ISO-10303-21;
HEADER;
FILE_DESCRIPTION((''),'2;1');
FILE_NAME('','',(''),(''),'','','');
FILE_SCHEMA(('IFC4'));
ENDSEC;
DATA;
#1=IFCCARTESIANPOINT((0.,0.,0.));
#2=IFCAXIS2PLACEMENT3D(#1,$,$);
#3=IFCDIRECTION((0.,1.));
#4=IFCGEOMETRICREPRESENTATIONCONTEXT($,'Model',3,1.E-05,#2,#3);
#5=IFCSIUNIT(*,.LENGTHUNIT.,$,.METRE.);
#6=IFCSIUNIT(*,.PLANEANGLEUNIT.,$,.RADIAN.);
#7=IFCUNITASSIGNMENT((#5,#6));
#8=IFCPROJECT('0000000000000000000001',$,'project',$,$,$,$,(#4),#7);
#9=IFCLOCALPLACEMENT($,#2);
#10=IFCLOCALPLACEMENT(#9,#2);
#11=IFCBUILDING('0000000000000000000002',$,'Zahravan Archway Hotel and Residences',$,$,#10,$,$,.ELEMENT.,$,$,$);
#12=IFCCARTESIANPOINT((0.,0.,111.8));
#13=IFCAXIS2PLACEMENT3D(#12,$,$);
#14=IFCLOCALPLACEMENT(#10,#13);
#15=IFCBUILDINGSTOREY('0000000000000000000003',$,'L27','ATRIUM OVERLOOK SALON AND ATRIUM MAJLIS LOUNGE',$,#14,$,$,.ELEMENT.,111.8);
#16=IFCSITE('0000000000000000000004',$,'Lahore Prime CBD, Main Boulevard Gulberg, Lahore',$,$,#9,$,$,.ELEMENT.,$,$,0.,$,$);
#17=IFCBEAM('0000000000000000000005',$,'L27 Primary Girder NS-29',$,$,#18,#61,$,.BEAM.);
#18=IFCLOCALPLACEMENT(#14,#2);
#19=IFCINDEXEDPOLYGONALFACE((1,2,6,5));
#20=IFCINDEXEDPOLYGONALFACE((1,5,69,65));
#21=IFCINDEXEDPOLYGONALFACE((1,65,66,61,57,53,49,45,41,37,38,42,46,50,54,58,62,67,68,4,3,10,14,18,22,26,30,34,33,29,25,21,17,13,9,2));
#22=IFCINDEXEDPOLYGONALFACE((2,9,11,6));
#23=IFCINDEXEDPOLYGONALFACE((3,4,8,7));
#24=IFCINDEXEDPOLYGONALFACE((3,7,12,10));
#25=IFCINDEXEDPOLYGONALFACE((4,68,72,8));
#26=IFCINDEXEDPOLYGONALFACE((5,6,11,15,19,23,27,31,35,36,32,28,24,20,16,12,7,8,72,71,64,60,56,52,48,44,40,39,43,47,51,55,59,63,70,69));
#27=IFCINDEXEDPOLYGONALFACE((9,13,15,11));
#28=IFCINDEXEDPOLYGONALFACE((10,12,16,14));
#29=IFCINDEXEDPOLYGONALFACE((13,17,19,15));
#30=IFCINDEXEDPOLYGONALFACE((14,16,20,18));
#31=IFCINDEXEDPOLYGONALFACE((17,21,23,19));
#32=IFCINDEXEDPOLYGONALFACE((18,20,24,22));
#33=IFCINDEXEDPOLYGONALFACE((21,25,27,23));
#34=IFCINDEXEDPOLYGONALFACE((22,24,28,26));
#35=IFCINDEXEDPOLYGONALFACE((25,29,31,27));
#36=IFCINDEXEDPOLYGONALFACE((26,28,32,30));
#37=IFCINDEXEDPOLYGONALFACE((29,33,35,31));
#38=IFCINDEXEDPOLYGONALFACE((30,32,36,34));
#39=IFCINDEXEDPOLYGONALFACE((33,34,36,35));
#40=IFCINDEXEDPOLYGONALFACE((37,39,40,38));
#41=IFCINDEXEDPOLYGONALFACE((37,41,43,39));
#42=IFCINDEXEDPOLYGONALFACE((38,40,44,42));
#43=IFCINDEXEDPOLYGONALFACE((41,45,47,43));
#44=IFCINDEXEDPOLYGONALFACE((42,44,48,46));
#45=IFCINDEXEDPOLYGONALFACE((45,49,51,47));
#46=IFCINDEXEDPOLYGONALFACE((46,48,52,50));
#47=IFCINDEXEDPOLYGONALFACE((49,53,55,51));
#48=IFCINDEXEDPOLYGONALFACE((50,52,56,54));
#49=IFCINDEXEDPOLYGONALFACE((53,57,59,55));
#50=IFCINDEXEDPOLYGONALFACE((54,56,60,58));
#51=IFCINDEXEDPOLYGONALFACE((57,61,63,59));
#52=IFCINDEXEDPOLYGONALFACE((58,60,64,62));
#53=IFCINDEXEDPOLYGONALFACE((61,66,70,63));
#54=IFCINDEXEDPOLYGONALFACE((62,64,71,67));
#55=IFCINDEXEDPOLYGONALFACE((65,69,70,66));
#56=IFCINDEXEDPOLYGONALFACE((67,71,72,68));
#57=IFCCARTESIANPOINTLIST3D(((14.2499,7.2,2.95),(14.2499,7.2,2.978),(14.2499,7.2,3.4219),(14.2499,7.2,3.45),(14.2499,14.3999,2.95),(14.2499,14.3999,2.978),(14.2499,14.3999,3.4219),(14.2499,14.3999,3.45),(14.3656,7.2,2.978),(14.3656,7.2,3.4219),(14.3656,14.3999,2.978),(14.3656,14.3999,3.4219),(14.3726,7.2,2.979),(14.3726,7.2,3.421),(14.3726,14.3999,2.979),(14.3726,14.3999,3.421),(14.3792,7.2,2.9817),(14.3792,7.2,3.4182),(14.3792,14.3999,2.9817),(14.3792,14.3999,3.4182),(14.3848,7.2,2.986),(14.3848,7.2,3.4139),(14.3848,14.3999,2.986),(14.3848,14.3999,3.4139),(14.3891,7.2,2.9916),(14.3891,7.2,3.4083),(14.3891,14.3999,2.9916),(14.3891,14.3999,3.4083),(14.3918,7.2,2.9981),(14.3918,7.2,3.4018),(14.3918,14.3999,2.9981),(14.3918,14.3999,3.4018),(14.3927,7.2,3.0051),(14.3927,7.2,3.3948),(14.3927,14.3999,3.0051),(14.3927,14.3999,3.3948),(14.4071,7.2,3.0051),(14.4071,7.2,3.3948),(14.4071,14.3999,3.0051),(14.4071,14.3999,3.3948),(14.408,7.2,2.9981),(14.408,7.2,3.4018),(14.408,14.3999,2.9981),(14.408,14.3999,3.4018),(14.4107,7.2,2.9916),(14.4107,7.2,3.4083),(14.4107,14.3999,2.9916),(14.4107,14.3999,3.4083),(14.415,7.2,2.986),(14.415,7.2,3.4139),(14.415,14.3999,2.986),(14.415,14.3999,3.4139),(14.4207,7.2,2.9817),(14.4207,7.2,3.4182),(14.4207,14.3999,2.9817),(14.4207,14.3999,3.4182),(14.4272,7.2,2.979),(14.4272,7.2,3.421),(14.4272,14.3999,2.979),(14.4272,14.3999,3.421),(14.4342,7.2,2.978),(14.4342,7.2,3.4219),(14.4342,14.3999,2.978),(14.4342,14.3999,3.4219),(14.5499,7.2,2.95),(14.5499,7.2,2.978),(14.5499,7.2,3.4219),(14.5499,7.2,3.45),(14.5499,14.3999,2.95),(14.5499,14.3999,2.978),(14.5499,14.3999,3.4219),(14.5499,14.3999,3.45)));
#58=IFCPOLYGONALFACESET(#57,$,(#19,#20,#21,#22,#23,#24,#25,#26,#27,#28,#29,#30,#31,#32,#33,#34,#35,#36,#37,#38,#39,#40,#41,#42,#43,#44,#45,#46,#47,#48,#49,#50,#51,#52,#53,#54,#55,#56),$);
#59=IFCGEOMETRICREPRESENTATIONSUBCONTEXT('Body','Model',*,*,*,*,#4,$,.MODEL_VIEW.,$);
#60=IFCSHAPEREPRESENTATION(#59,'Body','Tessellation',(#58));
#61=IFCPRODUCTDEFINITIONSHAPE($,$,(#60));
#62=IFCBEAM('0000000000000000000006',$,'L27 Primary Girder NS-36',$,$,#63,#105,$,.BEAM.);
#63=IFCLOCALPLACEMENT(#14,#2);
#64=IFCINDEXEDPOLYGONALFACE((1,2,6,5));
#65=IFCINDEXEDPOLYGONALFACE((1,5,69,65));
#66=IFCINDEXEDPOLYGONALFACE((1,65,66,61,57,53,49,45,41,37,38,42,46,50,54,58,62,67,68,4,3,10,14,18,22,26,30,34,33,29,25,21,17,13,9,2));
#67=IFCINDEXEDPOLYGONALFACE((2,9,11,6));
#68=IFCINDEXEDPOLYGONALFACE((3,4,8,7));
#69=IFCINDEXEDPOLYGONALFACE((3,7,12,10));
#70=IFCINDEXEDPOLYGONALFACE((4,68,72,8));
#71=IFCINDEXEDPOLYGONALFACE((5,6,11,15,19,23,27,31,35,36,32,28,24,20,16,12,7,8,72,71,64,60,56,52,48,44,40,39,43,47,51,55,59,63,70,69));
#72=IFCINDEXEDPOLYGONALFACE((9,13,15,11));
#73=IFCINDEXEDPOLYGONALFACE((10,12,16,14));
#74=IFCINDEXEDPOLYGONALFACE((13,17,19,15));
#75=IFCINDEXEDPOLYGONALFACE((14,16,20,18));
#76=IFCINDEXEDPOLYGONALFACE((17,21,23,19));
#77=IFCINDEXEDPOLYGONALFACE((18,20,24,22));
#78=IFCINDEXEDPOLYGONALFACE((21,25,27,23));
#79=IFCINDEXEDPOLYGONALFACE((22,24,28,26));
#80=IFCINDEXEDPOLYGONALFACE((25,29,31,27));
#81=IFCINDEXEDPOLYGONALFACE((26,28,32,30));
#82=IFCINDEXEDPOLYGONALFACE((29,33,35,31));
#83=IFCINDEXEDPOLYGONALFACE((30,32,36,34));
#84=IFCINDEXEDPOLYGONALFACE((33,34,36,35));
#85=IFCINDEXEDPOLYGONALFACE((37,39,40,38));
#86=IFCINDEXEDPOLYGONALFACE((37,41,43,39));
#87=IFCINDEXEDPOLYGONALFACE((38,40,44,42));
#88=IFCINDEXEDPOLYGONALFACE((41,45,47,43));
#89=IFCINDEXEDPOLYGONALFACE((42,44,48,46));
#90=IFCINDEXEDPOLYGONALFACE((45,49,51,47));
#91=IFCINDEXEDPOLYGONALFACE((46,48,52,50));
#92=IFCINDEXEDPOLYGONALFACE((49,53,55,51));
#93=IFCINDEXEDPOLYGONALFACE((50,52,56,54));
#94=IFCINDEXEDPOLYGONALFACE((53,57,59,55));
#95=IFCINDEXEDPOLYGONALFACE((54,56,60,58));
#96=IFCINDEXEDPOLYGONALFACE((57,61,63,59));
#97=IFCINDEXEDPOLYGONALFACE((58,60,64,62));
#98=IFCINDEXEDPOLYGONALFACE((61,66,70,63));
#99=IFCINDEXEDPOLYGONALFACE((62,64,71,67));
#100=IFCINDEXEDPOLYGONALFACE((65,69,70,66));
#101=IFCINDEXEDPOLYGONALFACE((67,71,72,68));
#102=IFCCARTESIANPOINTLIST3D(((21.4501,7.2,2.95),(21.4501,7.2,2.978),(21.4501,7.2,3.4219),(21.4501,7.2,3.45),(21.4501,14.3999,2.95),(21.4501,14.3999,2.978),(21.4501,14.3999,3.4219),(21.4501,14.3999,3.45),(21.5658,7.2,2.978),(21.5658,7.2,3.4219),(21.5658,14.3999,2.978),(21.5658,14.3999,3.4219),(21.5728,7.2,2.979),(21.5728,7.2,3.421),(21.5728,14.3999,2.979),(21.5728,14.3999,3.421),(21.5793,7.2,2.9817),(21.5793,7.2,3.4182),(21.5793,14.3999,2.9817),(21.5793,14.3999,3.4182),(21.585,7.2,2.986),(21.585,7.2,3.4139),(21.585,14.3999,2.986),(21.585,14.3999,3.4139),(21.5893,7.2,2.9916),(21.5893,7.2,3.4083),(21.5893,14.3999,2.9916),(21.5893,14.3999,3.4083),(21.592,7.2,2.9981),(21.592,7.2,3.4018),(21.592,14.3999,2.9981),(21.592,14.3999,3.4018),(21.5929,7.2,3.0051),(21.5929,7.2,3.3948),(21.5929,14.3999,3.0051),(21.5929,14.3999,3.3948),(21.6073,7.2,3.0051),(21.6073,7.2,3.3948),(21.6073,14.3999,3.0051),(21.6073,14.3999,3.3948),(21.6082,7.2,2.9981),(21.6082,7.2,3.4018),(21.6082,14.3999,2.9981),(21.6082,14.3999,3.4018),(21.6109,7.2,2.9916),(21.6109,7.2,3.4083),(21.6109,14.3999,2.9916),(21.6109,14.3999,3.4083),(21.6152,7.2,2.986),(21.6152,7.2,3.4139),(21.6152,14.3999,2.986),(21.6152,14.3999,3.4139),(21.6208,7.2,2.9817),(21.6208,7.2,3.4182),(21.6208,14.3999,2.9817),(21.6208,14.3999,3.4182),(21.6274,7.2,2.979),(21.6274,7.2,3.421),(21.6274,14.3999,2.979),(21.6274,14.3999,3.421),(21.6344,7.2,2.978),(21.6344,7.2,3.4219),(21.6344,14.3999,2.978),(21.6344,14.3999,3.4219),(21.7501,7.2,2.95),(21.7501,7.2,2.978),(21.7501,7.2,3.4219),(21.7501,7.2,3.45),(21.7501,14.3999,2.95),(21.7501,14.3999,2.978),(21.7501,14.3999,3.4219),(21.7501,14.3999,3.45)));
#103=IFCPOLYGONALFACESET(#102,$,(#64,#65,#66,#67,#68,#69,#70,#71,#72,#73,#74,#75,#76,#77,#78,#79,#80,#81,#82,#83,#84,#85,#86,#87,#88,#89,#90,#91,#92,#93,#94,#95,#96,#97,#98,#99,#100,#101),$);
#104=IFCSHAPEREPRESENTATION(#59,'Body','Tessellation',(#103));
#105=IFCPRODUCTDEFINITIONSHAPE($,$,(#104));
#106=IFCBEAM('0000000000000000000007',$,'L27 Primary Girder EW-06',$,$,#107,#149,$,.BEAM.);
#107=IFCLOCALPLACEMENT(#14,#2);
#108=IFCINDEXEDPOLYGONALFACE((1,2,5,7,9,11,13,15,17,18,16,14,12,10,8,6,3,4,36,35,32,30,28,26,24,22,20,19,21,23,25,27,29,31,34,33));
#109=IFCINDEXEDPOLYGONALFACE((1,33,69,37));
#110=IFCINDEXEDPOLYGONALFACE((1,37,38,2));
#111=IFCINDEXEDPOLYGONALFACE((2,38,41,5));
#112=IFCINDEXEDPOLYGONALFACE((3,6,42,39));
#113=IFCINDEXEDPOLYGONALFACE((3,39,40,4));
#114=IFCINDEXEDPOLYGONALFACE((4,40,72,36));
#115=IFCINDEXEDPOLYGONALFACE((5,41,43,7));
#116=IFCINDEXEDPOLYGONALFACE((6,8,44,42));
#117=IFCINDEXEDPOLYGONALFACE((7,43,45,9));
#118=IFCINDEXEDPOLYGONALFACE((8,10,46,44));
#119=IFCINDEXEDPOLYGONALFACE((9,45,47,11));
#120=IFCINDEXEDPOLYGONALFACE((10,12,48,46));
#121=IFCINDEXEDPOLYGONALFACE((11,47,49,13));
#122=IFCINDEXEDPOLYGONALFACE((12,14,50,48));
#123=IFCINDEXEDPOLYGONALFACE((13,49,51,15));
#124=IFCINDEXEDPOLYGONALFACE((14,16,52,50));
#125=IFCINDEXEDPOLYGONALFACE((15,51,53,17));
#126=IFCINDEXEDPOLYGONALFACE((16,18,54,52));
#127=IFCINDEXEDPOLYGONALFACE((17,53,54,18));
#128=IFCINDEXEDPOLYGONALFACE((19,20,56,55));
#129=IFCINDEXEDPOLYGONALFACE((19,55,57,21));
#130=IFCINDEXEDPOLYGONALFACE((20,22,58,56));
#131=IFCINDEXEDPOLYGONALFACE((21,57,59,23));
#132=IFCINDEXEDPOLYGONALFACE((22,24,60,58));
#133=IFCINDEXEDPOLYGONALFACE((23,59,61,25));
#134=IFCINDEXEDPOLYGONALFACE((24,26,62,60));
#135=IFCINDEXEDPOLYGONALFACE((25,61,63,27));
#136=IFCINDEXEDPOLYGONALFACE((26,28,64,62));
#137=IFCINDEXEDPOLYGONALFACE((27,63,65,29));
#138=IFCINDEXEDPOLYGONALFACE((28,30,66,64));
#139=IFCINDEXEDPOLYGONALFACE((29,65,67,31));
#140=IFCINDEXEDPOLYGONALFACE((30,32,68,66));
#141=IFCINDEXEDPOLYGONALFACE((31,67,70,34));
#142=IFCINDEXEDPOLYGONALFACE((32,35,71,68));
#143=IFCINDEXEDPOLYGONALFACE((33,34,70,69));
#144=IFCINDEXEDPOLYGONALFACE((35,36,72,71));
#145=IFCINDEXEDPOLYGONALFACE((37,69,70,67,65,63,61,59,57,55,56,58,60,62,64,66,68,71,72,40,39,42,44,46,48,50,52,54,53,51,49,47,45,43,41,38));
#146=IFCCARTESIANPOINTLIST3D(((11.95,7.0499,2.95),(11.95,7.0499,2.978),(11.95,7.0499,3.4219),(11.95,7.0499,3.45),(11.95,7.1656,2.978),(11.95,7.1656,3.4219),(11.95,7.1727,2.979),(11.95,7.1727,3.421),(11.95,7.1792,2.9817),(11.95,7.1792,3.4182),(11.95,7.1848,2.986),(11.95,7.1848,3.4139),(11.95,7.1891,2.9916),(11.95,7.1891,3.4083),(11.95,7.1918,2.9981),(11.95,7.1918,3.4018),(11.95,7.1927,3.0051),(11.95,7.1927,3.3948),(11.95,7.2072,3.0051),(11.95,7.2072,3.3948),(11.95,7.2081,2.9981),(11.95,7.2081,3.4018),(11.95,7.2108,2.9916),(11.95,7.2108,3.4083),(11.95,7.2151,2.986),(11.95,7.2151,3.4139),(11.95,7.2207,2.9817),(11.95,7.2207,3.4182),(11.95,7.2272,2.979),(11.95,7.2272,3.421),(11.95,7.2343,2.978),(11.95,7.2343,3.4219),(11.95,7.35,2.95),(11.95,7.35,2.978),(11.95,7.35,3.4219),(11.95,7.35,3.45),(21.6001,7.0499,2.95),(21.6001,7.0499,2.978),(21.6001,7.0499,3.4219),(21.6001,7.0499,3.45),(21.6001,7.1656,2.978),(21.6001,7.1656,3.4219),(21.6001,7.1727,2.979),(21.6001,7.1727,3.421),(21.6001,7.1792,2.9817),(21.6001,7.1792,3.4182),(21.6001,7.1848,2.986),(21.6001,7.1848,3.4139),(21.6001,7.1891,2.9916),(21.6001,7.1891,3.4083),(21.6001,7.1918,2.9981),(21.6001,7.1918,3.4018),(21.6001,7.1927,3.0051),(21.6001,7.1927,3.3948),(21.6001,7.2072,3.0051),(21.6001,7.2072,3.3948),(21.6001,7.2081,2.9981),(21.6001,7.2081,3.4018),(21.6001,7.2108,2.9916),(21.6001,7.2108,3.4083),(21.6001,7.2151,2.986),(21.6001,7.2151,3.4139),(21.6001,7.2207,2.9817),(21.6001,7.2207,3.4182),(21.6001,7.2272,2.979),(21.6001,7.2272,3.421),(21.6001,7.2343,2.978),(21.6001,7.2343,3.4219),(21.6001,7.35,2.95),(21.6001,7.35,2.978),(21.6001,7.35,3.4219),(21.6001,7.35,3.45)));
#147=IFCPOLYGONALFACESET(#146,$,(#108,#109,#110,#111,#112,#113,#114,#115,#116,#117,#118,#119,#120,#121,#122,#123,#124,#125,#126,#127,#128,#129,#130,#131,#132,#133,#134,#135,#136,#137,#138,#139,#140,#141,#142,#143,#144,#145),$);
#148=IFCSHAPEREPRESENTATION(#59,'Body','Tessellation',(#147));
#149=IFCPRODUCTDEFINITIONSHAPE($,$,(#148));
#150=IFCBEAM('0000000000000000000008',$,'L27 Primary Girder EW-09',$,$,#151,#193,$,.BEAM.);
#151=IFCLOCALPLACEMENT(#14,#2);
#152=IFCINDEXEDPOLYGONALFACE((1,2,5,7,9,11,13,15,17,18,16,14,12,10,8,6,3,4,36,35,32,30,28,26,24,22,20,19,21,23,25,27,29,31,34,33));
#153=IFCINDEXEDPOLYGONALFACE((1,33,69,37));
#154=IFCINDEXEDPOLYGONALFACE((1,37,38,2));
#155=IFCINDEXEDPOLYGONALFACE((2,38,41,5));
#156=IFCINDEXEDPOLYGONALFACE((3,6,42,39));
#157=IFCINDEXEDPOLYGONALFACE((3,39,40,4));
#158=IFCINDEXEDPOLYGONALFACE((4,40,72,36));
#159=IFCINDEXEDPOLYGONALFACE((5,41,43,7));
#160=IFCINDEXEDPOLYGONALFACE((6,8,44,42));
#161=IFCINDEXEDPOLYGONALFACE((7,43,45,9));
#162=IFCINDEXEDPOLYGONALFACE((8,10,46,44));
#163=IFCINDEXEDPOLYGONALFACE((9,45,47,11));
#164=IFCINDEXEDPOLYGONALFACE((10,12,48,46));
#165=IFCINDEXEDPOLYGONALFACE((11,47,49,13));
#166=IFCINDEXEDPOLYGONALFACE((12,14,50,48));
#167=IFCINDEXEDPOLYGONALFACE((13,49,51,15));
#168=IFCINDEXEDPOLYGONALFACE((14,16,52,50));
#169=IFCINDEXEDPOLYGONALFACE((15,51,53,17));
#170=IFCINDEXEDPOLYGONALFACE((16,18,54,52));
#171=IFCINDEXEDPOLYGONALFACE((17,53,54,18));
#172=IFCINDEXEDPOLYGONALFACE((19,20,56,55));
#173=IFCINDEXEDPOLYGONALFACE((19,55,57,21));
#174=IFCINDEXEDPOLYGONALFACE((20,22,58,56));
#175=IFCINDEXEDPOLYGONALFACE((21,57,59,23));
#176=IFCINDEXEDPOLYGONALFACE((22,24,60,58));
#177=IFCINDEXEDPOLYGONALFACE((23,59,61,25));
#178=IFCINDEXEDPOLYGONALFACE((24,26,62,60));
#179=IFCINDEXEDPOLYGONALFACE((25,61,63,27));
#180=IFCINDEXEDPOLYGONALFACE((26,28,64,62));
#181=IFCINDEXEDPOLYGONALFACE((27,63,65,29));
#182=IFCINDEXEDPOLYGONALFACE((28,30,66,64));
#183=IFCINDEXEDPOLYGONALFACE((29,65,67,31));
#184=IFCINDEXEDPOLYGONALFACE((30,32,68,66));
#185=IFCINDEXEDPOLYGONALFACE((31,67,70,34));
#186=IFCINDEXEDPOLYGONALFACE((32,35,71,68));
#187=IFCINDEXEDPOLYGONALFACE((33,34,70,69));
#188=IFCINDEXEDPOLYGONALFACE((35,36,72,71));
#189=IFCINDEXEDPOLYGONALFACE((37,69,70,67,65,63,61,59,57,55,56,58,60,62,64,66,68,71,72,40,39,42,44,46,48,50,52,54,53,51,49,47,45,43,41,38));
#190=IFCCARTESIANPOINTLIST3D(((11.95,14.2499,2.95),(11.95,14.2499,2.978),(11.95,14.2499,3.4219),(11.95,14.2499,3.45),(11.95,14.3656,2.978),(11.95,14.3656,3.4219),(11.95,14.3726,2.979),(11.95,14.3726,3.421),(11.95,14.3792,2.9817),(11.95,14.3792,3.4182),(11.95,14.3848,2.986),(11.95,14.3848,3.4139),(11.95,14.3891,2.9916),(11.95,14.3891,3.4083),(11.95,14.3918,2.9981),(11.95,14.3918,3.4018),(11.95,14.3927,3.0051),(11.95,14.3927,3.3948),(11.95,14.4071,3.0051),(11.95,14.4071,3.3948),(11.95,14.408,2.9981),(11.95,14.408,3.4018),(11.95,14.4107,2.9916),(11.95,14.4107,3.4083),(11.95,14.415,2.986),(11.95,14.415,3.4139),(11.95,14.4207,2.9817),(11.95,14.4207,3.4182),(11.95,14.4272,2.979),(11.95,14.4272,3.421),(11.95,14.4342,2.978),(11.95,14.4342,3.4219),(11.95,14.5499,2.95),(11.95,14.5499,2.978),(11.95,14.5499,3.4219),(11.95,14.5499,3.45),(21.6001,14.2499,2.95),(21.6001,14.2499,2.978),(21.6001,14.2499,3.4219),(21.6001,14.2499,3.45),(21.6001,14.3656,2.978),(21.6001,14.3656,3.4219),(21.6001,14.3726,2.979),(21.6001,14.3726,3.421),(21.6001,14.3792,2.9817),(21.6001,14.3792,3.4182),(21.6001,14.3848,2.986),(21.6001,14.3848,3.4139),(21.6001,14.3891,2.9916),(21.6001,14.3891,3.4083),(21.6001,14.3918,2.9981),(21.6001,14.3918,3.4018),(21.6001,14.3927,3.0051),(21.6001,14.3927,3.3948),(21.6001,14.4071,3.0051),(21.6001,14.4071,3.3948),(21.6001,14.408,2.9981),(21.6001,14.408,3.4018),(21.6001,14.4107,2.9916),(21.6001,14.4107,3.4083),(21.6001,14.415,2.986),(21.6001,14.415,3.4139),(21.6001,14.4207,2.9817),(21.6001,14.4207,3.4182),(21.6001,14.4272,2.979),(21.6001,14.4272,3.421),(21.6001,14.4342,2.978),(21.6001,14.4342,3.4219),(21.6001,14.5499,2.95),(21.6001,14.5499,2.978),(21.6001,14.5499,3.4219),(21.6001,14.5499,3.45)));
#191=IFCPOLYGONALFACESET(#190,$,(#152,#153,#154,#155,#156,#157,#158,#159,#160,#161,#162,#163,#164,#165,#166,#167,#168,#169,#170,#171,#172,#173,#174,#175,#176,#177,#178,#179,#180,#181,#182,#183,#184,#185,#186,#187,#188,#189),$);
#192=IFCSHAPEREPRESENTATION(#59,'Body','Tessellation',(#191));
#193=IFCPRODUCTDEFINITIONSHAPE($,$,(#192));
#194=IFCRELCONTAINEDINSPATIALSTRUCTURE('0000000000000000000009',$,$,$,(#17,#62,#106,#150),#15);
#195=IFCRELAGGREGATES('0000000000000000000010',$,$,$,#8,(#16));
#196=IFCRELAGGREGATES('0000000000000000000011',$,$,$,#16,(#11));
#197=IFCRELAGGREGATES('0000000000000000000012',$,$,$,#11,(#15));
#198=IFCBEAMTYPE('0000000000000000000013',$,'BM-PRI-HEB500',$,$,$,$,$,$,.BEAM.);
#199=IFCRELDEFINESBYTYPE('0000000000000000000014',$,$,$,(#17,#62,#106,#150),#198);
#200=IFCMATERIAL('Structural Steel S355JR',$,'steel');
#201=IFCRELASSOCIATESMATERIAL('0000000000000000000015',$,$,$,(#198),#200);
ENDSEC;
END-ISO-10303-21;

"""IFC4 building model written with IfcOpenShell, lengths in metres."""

from ifc_helpers import new_model, si_unit, direction, frame, origin, origin_2d, place, context, subcontext, project, spatial, i_section, extrude, source, transform, mapped, material, material_profile, profile_set, type_object, element, save


model = new_model("IFC4")

# Units and contexts
model_context = context("Model", 3, precision=1e-05, world=origin(), true_north=direction((0.0, 1.0)))
body_context = subcontext(model_context, "Body", "Model", "MODEL_VIEW")
ifc_project = project(units=[si_unit("LENGTHUNIT", "METRE"), si_unit("PLANEANGLEUNIT", "RADIAN")], contexts=[model_context])

# Site, building, storey
site_placement = place(None, origin())
site = spatial("IfcSite", under=ifc_project, at=site_placement, Name="Lahore Prime CBD, Main Boulevard Gulberg, Lahore", CompositionType="ELEMENT", RefElevation=0.0)
building_placement = place(site_placement, origin())
building = spatial("IfcBuilding", under=site, at=building_placement, Name="Zahravan Archway Hotel and Residences", CompositionType="ELEMENT")
storey_placement = place(building_placement, frame((0.0, 0.0, 111.8)))
storey = spatial("IfcBuildingStorey", under=building, at=storey_placement, Name="L27", Description="ATRIUM OVERLOOK SALON AND ATRIUM MAJLIS LOUNGE", CompositionType="ELEMENT", Elevation=111.8)

# Beams
ifc_material_1 = material(Name="Structural Steel S355JR", Category="steel")
ifc_material_profile_1 = material_profile(ifc_material_1, i_section(OverallWidth=0.3, OverallDepth=0.5, WebThickness=0.0144, FlangeThickness=0.0281, FilletRadius=0.0271, at=origin_2d()), Name="HEB 500", Category="steel")
ifc_profile_set_1 = profile_set([ifc_material_profile_1], Name="Structural Steel S355JR")
beam_type_1 = type_object("IfcBeamType", Name="BM-PRI-HEB500", PredefinedType="BEAM", material=ifc_profile_set_1)
shared_shape_1 = source(origin(), body_context, "Body", "SweptSolid", [
    extrude(i_section(OverallWidth=0.3, OverallDepth=0.5, WebThickness=0.0144, FlangeThickness=0.0281, FilletRadius=0.0271, at=origin_2d()), origin(), (0.0, 0.0, 1.0), 7.2),
])
for number, where, z_axis, x_axis, name in (
    (1, (14.3999, 7.2, 3.2), (0.0, 1.0, 0.0), (-1.0, 0.0, 0.0), "L27 Primary Girder NS-29"),
    (2, (21.6001, 7.2, 3.2), (0.0, 1.0, 0.0), (-1.0, 0.0, 0.0), "L27 Primary Girder NS-36"),
):
    element("IfcBeam", number, at=place(storey_placement, frame(where, z_axis=z_axis, x_axis=x_axis)), inside=storey, type_object=beam_type_1, Name=name, PredefinedType="BEAM", context=body_context, shape_type="MappedRepresentation", body=[
        mapped(shared_shape_1, transform((0.0, 0.0, 0.0), scale=1.0)),
    ])
shared_shape_2 = source(origin(), body_context, "Body", "SweptSolid", [
    extrude(i_section(OverallWidth=0.3, OverallDepth=0.5, WebThickness=0.0144, FlangeThickness=0.0281, FilletRadius=0.0271, at=origin_2d()), origin(), (0.0, 0.0, 1.0), 9.6501),
])
for number, where, z_axis, x_axis, name in (
    (3, (11.95, 7.2, 3.2), (1.0, 0.0, 0.0), (0.0, 1.0, 0.0), "L27 Primary Girder EW-06"),
    (4, (11.95, 14.3999, 3.2), (1.0, 0.0, 0.0), (0.0, 1.0, 0.0), "L27 Primary Girder EW-09"),
):
    element("IfcBeam", number, at=place(storey_placement, frame(where, z_axis=z_axis, x_axis=x_axis)), inside=storey, type_object=beam_type_1, Name=name, PredefinedType="BEAM", context=body_context, shape_type="MappedRepresentation", body=[
        mapped(shared_shape_2, transform((0.0, 0.0, 0.0), scale=1.0)),
    ])

save(model, "model.ifc")
